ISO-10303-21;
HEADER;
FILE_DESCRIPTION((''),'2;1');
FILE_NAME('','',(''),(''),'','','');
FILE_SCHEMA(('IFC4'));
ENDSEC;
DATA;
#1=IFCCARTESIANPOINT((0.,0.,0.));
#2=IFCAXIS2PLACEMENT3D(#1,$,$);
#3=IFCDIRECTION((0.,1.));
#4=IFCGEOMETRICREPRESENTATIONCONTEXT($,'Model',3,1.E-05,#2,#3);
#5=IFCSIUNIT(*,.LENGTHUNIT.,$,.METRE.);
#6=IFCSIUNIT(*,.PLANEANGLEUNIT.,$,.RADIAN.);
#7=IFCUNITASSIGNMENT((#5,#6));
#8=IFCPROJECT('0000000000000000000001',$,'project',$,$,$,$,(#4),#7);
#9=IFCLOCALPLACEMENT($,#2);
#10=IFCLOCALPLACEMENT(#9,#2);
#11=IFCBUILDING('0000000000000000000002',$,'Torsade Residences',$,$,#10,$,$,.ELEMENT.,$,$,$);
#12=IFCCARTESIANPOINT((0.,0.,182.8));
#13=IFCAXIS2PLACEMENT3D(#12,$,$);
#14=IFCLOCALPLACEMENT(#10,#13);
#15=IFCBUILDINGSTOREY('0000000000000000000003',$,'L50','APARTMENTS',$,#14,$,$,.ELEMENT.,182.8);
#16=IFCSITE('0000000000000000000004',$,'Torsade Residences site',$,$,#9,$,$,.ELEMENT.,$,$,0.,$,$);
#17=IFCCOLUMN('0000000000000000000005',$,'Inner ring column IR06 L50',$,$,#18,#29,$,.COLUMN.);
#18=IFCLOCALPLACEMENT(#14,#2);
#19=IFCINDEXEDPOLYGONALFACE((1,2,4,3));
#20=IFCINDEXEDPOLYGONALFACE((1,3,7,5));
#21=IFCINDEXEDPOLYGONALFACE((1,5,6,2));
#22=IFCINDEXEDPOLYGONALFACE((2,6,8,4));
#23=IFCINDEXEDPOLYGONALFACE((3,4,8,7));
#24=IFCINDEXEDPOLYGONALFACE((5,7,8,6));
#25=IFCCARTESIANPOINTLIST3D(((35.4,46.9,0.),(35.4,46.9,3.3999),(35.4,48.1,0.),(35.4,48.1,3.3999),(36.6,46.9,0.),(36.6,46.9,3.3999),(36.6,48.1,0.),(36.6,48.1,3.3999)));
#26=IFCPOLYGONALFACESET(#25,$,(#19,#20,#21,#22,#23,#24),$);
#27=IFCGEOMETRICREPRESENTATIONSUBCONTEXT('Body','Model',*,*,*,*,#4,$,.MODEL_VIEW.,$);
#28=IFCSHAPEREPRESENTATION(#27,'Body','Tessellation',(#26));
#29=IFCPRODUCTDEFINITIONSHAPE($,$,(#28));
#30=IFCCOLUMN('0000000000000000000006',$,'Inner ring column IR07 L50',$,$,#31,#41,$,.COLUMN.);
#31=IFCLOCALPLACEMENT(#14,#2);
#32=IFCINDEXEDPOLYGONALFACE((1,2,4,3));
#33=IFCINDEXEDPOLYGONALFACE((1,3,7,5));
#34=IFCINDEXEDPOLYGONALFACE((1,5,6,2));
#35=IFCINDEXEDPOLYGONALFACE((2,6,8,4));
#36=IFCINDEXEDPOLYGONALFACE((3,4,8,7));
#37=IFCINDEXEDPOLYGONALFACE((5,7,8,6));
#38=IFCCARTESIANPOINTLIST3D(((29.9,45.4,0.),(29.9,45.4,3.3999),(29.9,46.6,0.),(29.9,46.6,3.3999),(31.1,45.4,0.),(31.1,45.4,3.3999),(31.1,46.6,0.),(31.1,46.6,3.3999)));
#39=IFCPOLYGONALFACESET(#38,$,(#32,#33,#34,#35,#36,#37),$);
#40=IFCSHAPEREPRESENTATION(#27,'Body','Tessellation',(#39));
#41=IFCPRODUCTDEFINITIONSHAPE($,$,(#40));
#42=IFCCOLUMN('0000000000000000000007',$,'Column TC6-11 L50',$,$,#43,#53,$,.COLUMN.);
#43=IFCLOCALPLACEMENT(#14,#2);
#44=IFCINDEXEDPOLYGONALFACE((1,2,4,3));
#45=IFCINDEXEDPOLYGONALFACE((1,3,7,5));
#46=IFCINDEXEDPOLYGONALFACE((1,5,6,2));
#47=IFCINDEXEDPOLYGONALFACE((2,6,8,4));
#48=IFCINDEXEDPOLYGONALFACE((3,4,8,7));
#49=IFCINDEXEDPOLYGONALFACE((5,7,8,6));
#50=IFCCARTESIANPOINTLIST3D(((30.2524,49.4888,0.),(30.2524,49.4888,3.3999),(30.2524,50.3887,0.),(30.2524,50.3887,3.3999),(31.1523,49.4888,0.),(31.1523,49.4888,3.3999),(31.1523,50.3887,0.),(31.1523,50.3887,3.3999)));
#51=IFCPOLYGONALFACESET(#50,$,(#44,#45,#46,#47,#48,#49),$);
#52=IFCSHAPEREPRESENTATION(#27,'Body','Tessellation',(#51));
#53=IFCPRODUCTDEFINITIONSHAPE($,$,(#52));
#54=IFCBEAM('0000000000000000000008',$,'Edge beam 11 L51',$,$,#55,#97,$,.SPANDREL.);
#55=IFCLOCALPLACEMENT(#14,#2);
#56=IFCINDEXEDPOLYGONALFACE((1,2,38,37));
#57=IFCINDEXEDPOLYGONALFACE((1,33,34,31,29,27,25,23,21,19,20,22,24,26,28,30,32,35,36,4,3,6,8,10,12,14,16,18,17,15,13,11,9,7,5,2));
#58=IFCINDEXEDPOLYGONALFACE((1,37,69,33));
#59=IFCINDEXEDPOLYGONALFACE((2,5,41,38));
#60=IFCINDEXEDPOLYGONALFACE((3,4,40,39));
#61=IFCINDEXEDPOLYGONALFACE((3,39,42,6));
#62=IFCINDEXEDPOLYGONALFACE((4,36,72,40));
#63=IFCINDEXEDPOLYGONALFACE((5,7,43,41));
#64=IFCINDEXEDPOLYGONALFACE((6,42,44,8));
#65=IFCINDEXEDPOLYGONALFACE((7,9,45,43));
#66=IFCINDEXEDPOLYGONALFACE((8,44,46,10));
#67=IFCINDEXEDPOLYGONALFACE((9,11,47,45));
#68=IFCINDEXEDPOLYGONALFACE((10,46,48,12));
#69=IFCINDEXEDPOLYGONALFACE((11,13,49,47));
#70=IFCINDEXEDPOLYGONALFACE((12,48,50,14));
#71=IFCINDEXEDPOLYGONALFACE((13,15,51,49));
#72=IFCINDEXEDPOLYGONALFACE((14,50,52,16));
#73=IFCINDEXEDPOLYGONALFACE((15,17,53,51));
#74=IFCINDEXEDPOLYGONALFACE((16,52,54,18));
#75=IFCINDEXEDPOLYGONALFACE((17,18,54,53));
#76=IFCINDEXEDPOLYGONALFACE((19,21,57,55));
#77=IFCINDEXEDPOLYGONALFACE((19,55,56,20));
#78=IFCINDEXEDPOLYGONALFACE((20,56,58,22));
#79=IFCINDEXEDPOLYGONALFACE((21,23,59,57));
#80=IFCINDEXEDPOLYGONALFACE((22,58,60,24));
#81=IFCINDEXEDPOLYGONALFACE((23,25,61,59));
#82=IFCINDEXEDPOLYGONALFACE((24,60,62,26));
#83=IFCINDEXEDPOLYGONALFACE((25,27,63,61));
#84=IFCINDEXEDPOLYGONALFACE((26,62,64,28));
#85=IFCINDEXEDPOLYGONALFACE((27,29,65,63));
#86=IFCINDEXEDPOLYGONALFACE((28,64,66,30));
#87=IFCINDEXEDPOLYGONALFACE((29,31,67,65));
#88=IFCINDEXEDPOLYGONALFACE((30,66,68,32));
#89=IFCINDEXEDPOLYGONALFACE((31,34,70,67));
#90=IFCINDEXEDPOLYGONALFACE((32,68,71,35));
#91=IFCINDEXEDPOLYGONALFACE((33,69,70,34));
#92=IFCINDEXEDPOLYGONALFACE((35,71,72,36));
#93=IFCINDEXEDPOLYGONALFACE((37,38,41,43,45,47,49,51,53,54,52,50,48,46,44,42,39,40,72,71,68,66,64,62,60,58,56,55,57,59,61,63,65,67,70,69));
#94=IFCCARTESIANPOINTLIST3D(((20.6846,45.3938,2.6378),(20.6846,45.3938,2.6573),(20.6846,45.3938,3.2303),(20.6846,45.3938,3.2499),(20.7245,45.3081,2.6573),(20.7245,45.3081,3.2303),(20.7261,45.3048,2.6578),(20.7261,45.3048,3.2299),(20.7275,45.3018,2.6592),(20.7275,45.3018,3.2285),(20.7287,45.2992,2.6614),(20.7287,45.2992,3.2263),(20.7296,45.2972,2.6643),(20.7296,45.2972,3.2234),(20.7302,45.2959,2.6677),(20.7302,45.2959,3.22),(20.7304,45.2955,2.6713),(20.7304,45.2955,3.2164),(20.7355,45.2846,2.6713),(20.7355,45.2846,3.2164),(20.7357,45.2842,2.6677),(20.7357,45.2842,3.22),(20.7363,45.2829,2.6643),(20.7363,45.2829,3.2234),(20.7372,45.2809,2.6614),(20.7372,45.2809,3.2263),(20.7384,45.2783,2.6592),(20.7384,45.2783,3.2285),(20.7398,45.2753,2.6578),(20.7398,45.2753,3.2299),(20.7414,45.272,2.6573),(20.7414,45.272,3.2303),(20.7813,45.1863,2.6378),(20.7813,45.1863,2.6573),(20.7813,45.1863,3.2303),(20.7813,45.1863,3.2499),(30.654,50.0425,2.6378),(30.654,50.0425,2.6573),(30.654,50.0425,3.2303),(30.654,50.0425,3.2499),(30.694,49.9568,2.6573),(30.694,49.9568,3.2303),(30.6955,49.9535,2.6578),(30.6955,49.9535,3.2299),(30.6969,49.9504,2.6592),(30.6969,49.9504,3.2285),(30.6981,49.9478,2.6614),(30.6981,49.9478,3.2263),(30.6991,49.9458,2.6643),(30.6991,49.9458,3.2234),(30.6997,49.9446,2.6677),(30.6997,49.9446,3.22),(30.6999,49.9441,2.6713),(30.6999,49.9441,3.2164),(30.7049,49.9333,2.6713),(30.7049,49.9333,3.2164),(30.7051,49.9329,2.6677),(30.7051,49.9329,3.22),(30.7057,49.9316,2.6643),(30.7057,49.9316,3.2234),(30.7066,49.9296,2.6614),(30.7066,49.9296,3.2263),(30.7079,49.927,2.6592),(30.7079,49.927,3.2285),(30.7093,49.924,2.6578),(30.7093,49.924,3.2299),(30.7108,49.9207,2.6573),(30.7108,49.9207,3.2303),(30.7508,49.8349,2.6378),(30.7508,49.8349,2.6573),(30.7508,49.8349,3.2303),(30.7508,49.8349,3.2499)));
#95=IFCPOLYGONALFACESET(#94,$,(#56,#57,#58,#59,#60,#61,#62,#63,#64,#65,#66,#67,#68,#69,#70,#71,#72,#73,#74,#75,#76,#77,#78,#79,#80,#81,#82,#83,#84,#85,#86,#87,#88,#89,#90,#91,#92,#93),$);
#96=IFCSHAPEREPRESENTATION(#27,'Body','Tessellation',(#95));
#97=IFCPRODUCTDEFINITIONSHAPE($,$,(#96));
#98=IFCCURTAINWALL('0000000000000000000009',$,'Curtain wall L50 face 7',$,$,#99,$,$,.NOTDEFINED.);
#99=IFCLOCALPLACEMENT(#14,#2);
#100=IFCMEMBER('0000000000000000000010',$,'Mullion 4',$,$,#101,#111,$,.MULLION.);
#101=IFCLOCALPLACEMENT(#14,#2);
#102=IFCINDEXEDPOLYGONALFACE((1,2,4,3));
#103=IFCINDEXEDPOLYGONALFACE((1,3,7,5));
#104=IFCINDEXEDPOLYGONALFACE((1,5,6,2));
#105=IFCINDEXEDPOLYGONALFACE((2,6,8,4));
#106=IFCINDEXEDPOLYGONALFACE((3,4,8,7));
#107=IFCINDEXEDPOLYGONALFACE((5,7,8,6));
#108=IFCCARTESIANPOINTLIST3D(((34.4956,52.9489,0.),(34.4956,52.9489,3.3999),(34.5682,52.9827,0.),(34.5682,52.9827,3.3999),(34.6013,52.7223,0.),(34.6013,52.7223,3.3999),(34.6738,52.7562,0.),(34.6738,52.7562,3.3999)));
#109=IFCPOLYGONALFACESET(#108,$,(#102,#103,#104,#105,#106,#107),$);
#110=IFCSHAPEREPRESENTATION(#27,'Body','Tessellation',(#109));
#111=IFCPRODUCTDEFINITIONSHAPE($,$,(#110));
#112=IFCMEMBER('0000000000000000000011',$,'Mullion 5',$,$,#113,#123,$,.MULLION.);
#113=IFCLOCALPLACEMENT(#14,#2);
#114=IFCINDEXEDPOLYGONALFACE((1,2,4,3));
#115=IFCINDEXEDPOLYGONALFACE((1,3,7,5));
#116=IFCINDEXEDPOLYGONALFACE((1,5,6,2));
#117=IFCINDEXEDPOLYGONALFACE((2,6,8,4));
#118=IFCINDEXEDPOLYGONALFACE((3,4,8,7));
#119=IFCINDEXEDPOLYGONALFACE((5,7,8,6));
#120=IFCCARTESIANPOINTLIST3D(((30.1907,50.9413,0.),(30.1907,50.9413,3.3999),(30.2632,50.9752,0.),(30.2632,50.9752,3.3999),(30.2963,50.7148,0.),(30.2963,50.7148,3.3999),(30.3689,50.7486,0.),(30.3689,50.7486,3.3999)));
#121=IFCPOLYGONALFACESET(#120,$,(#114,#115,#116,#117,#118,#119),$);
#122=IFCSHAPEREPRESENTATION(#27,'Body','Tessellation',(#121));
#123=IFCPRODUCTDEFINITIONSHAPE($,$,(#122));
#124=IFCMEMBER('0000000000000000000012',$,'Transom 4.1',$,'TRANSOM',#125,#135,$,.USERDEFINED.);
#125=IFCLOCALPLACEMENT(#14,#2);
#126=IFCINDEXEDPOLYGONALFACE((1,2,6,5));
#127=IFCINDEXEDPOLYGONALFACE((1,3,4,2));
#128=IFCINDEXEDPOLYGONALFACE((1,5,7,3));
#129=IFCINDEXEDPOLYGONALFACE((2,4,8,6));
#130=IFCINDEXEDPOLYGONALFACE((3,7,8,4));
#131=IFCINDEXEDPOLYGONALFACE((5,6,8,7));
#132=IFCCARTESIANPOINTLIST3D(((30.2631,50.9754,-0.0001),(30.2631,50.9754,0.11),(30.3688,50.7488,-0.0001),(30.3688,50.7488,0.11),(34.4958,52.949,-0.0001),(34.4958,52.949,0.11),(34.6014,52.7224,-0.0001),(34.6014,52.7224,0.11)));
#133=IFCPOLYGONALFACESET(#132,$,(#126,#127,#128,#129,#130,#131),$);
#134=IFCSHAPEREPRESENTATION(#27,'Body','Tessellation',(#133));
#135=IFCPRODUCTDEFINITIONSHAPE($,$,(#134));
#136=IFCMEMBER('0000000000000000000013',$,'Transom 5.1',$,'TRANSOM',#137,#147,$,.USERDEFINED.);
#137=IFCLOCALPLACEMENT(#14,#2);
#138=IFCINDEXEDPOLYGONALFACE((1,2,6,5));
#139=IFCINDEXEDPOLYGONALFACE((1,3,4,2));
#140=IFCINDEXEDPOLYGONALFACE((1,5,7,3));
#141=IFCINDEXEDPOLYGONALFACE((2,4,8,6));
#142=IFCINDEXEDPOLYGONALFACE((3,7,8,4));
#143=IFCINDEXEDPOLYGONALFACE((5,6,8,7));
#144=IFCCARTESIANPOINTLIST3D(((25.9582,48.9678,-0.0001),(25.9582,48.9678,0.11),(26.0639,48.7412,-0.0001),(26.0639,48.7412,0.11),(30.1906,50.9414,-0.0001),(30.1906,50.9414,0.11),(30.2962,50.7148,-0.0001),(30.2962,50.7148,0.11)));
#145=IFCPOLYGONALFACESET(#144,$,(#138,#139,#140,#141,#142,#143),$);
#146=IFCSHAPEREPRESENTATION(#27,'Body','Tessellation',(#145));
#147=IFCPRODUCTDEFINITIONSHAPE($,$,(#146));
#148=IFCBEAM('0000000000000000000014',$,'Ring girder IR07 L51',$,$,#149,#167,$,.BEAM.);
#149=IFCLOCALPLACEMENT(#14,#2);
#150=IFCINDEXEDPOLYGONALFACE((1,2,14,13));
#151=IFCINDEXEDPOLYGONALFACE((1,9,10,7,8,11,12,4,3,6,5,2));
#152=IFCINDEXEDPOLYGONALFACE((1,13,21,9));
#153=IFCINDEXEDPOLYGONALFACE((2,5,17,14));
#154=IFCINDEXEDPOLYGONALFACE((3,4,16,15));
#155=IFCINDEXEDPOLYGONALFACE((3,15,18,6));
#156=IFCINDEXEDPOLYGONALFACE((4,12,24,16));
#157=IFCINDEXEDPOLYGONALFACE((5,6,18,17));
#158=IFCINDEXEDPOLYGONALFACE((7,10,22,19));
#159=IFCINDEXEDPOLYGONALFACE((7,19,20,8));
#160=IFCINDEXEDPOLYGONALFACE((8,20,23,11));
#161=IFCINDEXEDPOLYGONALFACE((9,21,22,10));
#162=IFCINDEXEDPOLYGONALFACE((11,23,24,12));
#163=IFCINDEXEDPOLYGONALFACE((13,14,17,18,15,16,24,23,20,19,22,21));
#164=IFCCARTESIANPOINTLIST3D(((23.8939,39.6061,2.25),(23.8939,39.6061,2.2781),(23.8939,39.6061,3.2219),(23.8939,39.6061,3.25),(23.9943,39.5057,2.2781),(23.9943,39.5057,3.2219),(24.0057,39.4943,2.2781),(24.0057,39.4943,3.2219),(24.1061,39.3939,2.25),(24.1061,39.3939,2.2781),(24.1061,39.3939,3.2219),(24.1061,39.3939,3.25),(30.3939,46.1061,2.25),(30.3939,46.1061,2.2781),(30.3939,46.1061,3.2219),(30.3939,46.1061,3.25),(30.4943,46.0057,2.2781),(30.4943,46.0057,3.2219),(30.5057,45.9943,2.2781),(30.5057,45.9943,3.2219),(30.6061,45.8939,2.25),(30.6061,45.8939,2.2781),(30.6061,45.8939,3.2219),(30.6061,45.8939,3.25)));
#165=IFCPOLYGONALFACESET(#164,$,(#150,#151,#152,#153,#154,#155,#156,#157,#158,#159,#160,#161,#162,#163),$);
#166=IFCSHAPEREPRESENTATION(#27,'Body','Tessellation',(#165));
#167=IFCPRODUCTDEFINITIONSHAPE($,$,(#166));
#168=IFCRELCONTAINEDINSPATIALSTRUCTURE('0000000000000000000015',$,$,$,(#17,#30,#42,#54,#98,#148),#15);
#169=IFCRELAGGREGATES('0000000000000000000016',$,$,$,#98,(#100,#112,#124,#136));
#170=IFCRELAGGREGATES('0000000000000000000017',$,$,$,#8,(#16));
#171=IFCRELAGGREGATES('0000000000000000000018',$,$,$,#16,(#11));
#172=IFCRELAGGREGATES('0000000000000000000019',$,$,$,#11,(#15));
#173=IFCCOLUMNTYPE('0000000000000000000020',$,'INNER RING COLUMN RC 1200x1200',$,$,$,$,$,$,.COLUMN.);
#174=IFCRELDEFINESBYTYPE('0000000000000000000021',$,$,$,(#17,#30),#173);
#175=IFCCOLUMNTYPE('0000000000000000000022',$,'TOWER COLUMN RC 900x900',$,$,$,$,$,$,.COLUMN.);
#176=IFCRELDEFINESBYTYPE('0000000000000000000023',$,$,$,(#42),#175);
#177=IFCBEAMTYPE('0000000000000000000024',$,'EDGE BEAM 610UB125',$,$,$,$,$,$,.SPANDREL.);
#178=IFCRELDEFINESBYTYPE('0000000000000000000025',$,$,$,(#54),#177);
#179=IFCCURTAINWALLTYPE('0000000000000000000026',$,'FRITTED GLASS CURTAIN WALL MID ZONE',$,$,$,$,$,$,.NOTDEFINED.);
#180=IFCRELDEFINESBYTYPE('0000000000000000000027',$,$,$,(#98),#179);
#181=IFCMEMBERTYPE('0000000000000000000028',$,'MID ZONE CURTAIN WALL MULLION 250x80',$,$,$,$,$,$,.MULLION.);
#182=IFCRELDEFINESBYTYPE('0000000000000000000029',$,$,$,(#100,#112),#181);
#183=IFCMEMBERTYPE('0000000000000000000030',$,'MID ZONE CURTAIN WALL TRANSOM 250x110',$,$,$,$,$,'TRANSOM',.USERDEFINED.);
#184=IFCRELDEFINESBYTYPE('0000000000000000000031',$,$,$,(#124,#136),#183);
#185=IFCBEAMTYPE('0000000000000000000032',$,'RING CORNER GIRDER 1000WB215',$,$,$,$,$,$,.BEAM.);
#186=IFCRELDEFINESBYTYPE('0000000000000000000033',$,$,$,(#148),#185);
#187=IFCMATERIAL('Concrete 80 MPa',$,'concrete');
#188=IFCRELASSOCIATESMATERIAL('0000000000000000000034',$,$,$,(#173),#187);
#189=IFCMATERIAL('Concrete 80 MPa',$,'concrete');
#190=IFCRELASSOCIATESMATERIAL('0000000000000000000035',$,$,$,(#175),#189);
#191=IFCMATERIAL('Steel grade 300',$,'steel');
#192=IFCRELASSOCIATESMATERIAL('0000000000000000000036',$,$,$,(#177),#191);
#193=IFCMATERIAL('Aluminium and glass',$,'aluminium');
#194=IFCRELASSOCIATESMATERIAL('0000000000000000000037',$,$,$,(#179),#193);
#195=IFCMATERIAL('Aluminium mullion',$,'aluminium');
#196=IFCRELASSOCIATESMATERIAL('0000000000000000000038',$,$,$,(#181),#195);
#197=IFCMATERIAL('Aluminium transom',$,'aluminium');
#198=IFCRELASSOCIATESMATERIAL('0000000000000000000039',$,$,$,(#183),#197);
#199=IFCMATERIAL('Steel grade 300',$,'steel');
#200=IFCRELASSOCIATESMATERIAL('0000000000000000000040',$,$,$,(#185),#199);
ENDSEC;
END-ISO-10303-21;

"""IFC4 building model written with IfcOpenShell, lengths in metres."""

from ifc_helpers import new_model, si_unit, direction, frame, origin, origin_2d, place, context, subcontext, project, spatial, rectangle, i_section, extrude, material, material_profile, profile_set, type_object, element, aggregate, save


model = new_model("IFC4")

# Units and contexts
model_context = context("Model", 3, precision=1e-05, world=origin(), true_north=direction((0.0, 1.0)))
body_context = subcontext(model_context, "Body", "Model", "MODEL_VIEW")
ifc_project = project(units=[si_unit("LENGTHUNIT", "METRE"), si_unit("PLANEANGLEUNIT", "RADIAN")], contexts=[model_context])

# Site, building, storey
site_placement = place(None, origin())
site = spatial("IfcSite", under=ifc_project, at=site_placement, Name="Torsade Residences site", CompositionType="ELEMENT", RefElevation=0.0)
building_placement = place(site_placement, origin())
building = spatial("IfcBuilding", under=site, at=building_placement, Name="Torsade Residences", CompositionType="ELEMENT")
storey_placement = place(building_placement, frame((0.0, 0.0, 182.8)))
storey = spatial("IfcBuildingStorey", under=building, at=storey_placement, Name="L50", Description="APARTMENTS", CompositionType="ELEMENT", Elevation=182.8)

# Columns
ifc_material_1 = material(Name="Concrete 80 MPa", Category="concrete")
ifc_material_profile_1 = material_profile(ifc_material_1, rectangle(XDim=1.2, YDim=1.2, at=origin_2d()), Name="RC 1200x1200")
ifc_profile_set_1 = profile_set([ifc_material_profile_1], Name="Concrete 80 MPa")
column_type_1 = type_object("IfcColumnType", Name="INNER RING COLUMN RC 1200x1200", PredefinedType="COLUMN", material=ifc_profile_set_1)
for number, where, z_axis, x_axis, name in (
    (1, (36.0, 47.5, 0.0), (0.0, 0.0, 1.0), (1.0, 0.0, 0.0), "Inner ring column IR06 L50"),
    (2, (30.5, 46.0, 0.0), (0.0, 0.0, 1.0), (1.0, 0.0, 0.0), "Inner ring column IR07 L50"),
):
    element("IfcColumn", number, at=place(storey_placement, frame(where, z_axis=z_axis, x_axis=x_axis)), inside=storey, type_object=column_type_1, Name=name, PredefinedType="COLUMN", context=body_context, shape_type="SweptSolid", body=[
        extrude(rectangle(XDim=1.2, YDim=1.2, at=origin_2d()), origin(), (0.0, 0.0, 1.0), 3.3999),
    ])
ifc_material_2 = material(Name="Concrete 80 MPa", Category="concrete")
ifc_material_profile_2 = material_profile(ifc_material_2, rectangle(XDim=0.8999, YDim=0.8999, at=origin_2d()), Name="RC 900x900")
ifc_profile_set_2 = profile_set([ifc_material_profile_2], Name="Concrete 80 MPa")
column_type_2 = type_object("IfcColumnType", Name="TOWER COLUMN RC 900x900", PredefinedType="COLUMN", material=ifc_profile_set_2)
column_placement = place(storey_placement, frame((30.7024, 49.9387, 0.0), z_axis=(0.0, 0.0, 1.0), x_axis=(1.0, 0.0, 0.0)))
element("IfcColumn", 3, at=column_placement, inside=storey, type_object=column_type_2, Name="Column TC6-11 L50", PredefinedType="COLUMN", context=body_context, shape_type="SweptSolid", body=[
    extrude(rectangle(XDim=0.8999, YDim=0.8999, at=origin_2d()), origin(), (0.0, 0.0, 1.0), 3.3999),
])

# Beam
ifc_material_3 = material(Name="Steel grade 300", Category="steel")
ifc_material_profile_3 = material_profile(ifc_material_3, i_section(OverallWidth=0.229, OverallDepth=0.6121, WebThickness=0.012, FlangeThickness=0.0195, FilletRadius=0.0139, at=origin_2d()), Name="610UB125")
ifc_profile_set_3 = profile_set([ifc_material_profile_3], Name="Steel grade 300")
beam_type_1 = type_object("IfcBeamType", Name="EDGE BEAM 610UB125", PredefinedType="SPANDREL", material=ifc_profile_set_3)
beam_1_placement = place(storey_placement, frame((30.7024, 49.9387, 2.9438), z_axis=(-0.906314, -0.422606, 0.0), x_axis=(0.422606, -0.906314, 0.0)))
element("IfcBeam", 4, at=beam_1_placement, inside=storey, type_object=beam_type_1, Name="Edge beam 11 L51", PredefinedType="SPANDREL", context=body_context, shape_type="SweptSolid", body=[
    extrude(i_section(OverallWidth=0.229, OverallDepth=0.6121, WebThickness=0.012, FlangeThickness=0.0195, FilletRadius=0.0139, at=origin_2d()), origin(), (0.0, 0.0, 1.0), 11.0),
])

# Curtain wall, members
ifc_material_4 = material(Name="Aluminium and glass", Category="aluminium")
curtain_wall_type = type_object("IfcCurtainWallType", Name="FRITTED GLASS CURTAIN WALL MID ZONE", PredefinedType="NOTDEFINED", material=ifc_material_4)
curtain_wall_placement = place(storey_placement, origin())
curtain_wall = element("IfcCurtainWall", 5, at=curtain_wall_placement, inside=storey, type_object=curtain_wall_type, Name="Curtain wall L50 face 7", PredefinedType="NOTDEFINED")
ifc_material_5 = material(Name="Aluminium mullion", Category="aluminium")
ifc_material_profile_4 = material_profile(ifc_material_5, rectangle(XDim=0.25, YDim=0.0801, at=origin_2d()), Name="MID ZONE CURTAIN WALL MULLION 250x80")
ifc_profile_set_4 = profile_set([ifc_material_profile_4], Name="Aluminium mullion")
member_type_1 = type_object("IfcMemberType", Name="MID ZONE CURTAIN WALL MULLION 250x80", PredefinedType="MULLION", material=ifc_profile_set_4)
member_1_placement = place(storey_placement, frame((34.5847, 52.8525, 0.0), z_axis=(0.0, 0.0, 1.0), x_axis=(0.422618, -0.906308, 0.0)))
member_1 = element("IfcMember", 6, at=member_1_placement, type_object=member_type_1, Name="Mullion 4", PredefinedType="MULLION", context=body_context, shape_type="SweptSolid", body=[
    extrude(rectangle(XDim=0.25, YDim=0.0801, at=origin_2d()), origin(), (0.0, 0.0, 1.0), 3.3999),
])
member_2_placement = place(storey_placement, frame((30.2798, 50.845, 0.0), z_axis=(0.0, 0.0, 1.0), x_axis=(0.422618, -0.906308, 0.0)))
member_2 = element("IfcMember", 7, at=member_2_placement, type_object=member_type_1, Name="Mullion 5", PredefinedType="MULLION", context=body_context, shape_type="SweptSolid", body=[
    extrude(rectangle(XDim=0.25, YDim=0.0801, at=origin_2d()), origin(), (0.0, 0.0, 1.0), 3.3999),
])
ifc_material_6 = material(Name="Aluminium transom", Category="aluminium")
ifc_material_profile_5 = material_profile(ifc_material_6, rectangle(XDim=0.25, YDim=0.1101, at=origin_2d()), Name="MID ZONE CURTAIN WALL TRANSOM 250x110")
ifc_profile_set_5 = profile_set([ifc_material_profile_5], Name="Aluminium transom")
member_type_2 = type_object("IfcMemberType", Name="MID ZONE CURTAIN WALL TRANSOM 250x110", ElementType="TRANSOM", PredefinedType="USERDEFINED", material=ifc_profile_set_5)
member_3_placement = place(storey_placement, frame((34.5486, 52.8357, 0.0549), z_axis=(-0.906315, -0.422602, 0.0), x_axis=(0.422602, -0.906315, 0.0)))
member_3 = element("IfcMember", 8, at=member_3_placement, type_object=member_type_2, Name="Transom 4.1", ObjectType="TRANSOM", PredefinedType="USERDEFINED", context=body_context, shape_type="SweptSolid", body=[
    extrude(rectangle(XDim=0.25, YDim=0.1101, at=origin_2d()), origin(), (0.0, 0.0, 1.0), 4.6702),
])
member_4_placement = place(storey_placement, frame((30.2434, 50.8281, 0.0549), z_axis=(-0.906306, -0.422622, 0.0), x_axis=(0.422622, -0.906306, 0.0)))
member_4 = element("IfcMember", 9, at=member_4_placement, type_object=member_type_2, Name="Transom 5.1", ObjectType="TRANSOM", PredefinedType="USERDEFINED", context=body_context, shape_type="SweptSolid", body=[
    extrude(rectangle(XDim=0.25, YDim=0.1101, at=origin_2d()), origin(), (0.0, 0.0, 1.0), 4.6699),
])

# Beam
ifc_material_7 = material(Name="Steel grade 300", Category="steel")
ifc_material_profile_6 = material_profile(ifc_material_7, i_section(OverallWidth=0.3, OverallDepth=1.0, WebThickness=0.0161, FlangeThickness=0.0281, at=origin_2d()), Name="1000WB215")
ifc_profile_set_6 = profile_set([ifc_material_profile_6], Name="Steel grade 300")
beam_type_2 = type_object("IfcBeamType", Name="RING CORNER GIRDER 1000WB215", PredefinedType="BEAM", material=ifc_profile_set_6)
beam_2_placement = place(storey_placement, frame((30.5, 46.0, 2.75), z_axis=(-0.707107, -0.707107, 0.0), x_axis=(0.707107, -0.707107, 0.0)))
element("IfcBeam", 10, at=beam_2_placement, inside=storey, type_object=beam_type_2, Name="Ring girder IR07 L51", PredefinedType="BEAM", context=body_context, shape_type="SweptSolid", body=[
    extrude(i_section(OverallWidth=0.3, OverallDepth=1.0, WebThickness=0.0161, FlangeThickness=0.0281, at=origin_2d()), origin(), (0.0, 0.0, 1.0), 9.1924),
])

aggregate(curtain_wall, [member_1, member_2, member_3, member_4])

save(model, "model.ifc")
